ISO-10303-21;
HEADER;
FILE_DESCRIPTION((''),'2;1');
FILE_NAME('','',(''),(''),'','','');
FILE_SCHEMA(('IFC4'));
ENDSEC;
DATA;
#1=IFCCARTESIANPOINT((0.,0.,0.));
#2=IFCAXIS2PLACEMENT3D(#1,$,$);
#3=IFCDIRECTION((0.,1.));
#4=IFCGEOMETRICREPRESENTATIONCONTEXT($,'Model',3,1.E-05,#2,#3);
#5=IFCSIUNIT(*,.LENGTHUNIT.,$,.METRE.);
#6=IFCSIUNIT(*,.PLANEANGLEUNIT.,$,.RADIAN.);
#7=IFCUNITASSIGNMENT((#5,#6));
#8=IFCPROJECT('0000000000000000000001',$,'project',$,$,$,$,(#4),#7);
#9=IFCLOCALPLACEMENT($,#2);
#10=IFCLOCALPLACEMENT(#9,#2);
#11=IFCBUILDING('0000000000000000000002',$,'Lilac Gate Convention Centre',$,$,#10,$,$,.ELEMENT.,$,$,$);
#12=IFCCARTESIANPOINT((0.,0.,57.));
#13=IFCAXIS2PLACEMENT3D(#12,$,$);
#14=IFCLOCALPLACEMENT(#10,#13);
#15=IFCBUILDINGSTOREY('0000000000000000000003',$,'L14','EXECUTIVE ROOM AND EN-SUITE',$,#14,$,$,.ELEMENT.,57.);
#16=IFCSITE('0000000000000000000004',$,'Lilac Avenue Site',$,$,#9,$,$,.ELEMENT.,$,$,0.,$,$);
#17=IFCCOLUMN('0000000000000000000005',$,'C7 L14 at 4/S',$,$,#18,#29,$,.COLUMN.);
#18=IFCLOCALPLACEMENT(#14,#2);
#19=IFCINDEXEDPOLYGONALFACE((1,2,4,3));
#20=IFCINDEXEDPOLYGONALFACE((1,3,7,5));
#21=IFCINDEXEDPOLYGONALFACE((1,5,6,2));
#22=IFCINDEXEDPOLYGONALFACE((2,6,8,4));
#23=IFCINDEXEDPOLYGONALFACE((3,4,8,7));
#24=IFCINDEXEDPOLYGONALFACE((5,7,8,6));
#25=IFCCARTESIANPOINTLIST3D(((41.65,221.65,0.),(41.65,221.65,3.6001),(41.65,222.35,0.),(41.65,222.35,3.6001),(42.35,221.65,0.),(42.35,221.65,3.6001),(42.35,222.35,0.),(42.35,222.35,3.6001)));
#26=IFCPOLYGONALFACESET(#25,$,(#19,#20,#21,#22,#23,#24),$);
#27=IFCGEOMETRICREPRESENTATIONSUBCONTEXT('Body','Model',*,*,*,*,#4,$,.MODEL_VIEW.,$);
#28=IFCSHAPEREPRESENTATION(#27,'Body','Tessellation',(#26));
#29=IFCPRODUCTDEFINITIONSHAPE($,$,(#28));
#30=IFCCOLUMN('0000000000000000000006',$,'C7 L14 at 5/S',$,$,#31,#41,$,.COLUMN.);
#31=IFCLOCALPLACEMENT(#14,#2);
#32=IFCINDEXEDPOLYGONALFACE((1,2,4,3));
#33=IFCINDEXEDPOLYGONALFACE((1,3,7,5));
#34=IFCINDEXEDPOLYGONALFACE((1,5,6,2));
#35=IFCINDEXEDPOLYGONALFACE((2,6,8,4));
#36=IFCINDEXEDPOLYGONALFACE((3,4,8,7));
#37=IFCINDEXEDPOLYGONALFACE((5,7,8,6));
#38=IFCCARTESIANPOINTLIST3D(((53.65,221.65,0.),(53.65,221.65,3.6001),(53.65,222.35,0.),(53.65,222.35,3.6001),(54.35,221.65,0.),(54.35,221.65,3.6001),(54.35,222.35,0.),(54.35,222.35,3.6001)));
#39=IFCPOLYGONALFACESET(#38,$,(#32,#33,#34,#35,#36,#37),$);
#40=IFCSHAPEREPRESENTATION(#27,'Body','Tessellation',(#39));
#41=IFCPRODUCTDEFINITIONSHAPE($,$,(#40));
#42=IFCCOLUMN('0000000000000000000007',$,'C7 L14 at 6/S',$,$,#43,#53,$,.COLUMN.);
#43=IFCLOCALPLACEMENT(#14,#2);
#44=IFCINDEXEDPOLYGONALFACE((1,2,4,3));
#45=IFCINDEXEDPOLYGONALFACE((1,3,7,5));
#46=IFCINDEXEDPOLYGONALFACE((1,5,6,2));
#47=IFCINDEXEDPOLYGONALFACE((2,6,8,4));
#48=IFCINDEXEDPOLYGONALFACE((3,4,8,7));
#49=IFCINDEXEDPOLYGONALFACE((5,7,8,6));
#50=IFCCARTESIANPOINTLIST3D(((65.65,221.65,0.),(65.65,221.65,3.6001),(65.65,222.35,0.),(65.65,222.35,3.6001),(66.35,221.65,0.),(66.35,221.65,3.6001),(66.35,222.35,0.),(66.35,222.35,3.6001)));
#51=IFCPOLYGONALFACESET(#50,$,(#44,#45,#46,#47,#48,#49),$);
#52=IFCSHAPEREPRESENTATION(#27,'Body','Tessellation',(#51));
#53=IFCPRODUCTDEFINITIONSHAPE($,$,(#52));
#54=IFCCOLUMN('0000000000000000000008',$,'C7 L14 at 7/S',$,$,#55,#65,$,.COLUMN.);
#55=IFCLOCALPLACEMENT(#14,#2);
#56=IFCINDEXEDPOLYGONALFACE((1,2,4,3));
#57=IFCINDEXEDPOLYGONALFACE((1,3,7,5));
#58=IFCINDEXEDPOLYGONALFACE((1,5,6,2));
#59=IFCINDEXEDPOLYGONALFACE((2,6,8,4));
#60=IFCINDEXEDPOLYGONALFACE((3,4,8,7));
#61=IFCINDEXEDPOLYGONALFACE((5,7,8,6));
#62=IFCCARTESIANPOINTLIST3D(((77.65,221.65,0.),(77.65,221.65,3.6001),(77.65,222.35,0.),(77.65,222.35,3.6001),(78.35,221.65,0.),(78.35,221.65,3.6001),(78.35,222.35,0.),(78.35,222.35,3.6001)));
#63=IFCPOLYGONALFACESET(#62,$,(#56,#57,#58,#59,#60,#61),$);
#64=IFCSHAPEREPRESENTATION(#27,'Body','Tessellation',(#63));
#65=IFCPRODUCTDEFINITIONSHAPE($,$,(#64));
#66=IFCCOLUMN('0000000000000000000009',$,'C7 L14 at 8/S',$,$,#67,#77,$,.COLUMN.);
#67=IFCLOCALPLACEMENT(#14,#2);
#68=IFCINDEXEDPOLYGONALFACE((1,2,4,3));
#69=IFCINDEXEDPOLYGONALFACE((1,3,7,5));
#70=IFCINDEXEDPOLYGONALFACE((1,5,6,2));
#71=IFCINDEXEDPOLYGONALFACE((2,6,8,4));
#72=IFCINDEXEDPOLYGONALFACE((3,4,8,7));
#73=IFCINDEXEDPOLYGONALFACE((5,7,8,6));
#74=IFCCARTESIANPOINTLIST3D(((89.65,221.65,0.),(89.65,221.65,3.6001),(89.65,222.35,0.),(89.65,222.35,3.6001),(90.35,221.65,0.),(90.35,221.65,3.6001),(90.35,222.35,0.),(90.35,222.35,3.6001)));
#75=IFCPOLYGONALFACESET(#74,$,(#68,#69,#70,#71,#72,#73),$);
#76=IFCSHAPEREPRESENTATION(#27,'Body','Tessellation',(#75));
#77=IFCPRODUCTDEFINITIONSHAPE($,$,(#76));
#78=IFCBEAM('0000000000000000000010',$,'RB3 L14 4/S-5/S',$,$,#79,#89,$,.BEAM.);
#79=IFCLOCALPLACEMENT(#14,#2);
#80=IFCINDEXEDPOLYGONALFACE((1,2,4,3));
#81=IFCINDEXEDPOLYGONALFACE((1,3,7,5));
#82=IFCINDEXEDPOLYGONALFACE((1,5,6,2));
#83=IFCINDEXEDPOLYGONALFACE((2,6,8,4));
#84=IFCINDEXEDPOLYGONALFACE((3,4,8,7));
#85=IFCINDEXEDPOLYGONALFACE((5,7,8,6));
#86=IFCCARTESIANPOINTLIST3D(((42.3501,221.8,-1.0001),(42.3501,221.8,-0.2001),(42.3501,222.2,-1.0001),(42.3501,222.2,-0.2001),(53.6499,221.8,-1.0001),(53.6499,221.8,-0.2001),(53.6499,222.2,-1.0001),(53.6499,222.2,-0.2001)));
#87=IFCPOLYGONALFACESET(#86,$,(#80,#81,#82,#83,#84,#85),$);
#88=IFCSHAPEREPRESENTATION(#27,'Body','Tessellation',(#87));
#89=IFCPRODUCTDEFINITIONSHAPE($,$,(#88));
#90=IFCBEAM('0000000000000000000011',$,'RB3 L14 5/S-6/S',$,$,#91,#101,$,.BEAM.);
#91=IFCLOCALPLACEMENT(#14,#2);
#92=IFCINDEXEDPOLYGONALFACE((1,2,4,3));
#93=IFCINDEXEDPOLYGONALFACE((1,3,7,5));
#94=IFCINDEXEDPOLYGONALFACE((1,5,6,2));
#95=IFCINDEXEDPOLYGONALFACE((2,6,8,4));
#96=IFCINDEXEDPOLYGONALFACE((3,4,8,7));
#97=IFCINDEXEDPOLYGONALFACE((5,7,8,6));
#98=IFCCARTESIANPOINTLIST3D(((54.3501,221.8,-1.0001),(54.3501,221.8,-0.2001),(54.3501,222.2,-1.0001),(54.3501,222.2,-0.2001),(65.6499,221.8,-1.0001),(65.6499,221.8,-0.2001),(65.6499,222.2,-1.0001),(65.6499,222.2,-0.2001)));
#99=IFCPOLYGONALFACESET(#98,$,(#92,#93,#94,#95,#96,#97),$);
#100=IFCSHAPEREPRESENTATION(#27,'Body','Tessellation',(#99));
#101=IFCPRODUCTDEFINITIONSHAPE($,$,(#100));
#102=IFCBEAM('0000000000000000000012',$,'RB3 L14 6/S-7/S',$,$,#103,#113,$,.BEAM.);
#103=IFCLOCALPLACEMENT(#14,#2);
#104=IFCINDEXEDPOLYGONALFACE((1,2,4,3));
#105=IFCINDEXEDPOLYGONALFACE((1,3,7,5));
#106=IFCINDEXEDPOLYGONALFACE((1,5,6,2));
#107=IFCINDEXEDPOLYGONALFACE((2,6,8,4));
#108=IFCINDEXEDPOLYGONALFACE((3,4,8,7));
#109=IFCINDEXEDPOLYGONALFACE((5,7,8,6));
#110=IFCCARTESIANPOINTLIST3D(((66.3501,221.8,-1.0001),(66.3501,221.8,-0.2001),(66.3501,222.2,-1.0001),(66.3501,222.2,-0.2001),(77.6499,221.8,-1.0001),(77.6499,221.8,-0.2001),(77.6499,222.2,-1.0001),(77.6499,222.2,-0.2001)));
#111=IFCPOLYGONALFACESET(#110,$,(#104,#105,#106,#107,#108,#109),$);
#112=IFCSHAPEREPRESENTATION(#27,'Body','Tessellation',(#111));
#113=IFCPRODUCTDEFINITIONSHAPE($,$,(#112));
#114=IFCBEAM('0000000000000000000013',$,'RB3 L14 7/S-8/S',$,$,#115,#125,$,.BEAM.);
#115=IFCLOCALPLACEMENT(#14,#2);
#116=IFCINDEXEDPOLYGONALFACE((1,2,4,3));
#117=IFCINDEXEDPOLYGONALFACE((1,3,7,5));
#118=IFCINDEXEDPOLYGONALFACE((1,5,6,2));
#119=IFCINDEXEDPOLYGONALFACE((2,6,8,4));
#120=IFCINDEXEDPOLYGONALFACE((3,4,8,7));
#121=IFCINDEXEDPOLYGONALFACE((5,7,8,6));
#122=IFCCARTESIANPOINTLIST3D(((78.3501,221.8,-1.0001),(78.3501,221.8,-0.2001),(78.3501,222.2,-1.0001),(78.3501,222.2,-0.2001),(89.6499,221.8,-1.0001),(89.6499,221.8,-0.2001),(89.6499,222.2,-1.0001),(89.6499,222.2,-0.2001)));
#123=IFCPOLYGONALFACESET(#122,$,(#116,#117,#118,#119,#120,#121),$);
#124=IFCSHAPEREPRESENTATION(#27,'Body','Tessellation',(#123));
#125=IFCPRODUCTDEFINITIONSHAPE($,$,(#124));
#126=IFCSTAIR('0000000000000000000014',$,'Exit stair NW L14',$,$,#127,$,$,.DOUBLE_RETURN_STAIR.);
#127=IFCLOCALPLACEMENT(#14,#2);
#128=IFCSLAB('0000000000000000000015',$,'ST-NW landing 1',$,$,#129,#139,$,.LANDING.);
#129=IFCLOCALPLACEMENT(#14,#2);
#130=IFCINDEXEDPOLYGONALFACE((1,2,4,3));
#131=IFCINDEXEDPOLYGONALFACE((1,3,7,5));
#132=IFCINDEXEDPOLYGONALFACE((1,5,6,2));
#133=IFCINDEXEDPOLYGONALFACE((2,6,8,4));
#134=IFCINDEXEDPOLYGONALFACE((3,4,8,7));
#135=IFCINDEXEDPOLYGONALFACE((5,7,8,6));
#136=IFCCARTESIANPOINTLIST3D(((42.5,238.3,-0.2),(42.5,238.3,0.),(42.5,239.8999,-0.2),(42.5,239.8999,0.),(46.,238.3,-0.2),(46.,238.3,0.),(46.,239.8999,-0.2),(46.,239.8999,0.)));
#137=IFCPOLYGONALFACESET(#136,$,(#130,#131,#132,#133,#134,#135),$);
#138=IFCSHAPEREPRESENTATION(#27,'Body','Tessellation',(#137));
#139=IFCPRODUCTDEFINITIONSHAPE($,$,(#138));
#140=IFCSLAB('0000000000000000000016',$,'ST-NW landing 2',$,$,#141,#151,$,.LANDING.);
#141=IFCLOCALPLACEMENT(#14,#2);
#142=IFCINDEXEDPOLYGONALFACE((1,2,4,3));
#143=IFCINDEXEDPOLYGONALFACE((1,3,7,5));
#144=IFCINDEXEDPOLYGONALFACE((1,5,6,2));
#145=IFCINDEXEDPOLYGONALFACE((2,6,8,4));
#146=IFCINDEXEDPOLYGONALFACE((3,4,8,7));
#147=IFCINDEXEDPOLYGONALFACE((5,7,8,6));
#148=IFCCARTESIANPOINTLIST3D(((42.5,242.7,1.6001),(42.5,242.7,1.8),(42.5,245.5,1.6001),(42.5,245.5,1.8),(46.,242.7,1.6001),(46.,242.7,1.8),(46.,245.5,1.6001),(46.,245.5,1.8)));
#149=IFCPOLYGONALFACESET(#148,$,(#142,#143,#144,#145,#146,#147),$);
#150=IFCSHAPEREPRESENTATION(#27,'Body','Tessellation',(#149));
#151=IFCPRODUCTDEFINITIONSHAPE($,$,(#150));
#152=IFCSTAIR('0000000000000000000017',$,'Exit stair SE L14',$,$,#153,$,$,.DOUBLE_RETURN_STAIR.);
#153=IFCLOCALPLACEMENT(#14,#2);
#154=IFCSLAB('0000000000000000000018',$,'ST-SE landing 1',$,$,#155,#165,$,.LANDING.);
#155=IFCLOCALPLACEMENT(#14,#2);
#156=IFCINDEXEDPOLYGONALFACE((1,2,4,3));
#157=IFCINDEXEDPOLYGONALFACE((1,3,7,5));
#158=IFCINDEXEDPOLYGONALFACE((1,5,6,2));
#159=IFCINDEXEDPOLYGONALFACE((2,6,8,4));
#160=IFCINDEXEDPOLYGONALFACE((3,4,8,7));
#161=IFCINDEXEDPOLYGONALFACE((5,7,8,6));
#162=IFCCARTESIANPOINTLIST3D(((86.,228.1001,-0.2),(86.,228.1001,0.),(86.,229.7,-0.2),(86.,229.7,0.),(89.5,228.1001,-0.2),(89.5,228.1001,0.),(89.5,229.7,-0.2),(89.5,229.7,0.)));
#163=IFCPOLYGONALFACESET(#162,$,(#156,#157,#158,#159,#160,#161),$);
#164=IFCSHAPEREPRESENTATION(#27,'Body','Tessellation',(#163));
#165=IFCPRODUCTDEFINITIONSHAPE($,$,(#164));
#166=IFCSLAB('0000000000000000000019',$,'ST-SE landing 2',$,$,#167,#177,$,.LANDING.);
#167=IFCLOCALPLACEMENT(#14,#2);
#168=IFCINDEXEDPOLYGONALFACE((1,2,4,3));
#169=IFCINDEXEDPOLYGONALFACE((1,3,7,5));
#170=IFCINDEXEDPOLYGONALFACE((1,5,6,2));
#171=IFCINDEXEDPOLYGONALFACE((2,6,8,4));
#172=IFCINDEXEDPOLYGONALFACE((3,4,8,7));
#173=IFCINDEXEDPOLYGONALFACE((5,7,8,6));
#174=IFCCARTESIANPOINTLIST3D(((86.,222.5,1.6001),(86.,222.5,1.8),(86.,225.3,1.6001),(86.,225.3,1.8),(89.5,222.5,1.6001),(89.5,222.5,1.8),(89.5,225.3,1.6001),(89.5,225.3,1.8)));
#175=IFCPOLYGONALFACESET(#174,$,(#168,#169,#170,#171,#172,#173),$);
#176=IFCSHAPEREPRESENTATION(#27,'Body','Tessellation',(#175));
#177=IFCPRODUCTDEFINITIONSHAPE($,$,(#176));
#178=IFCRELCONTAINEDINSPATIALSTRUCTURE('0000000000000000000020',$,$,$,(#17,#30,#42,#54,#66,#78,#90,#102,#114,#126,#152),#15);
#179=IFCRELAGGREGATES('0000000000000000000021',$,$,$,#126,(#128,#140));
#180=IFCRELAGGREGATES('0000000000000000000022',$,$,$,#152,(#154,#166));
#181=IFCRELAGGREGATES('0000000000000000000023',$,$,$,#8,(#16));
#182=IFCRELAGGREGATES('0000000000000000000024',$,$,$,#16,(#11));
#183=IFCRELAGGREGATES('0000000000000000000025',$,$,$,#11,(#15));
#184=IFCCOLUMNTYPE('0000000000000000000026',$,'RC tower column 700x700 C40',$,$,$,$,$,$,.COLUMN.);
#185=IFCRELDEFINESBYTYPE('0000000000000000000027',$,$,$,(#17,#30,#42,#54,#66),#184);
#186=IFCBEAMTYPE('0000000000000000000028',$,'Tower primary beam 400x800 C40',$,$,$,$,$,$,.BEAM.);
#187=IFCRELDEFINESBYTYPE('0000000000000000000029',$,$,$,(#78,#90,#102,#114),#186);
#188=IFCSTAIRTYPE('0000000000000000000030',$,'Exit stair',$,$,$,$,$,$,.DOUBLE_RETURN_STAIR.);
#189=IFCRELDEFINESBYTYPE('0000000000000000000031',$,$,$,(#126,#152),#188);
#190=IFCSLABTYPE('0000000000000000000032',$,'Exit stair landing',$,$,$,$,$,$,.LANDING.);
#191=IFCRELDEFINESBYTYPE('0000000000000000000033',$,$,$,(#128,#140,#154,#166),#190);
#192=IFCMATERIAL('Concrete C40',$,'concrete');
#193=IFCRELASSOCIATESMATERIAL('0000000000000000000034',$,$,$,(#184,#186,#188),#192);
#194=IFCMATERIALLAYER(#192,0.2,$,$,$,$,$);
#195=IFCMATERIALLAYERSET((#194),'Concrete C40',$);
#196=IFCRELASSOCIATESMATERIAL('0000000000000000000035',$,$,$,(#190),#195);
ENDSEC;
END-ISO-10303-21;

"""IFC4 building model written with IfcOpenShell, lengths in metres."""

from ifc_helpers import new_model, si_unit, direction, frame, origin, origin_2d, place, context, subcontext, project, spatial, polyline, rectangle, outline, extrude, material, layer, layer_set, material_profile, profile_set, type_object, element, aggregate, save


model = new_model("IFC4")

# Units and contexts
model_context = context("Model", 3, precision=1e-05, world=origin(), true_north=direction((0.0, 1.0)))
body_context = subcontext(model_context, "Body", "Model", "MODEL_VIEW")
ifc_project = project(units=[si_unit("LENGTHUNIT", "METRE"), si_unit("PLANEANGLEUNIT", "RADIAN")], contexts=[model_context])

# Site, building, storey
site_placement = place(None, origin())
site = spatial("IfcSite", under=ifc_project, at=site_placement, Name="Lilac Avenue Site", CompositionType="ELEMENT", RefElevation=0.0)
building_placement = place(site_placement, origin())
building = spatial("IfcBuilding", under=site, at=building_placement, Name="Lilac Gate Convention Centre", CompositionType="ELEMENT")
storey_placement = place(building_placement, frame((0.0, 0.0, 57.0)))
storey = spatial("IfcBuildingStorey", under=building, at=storey_placement, Name="L14", Description="EXECUTIVE ROOM AND EN-SUITE", CompositionType="ELEMENT", Elevation=57.0)

# Columns
ifc_material_1 = material(Name="Concrete C40", Category="concrete")
ifc_material_profile_1 = material_profile(ifc_material_1, rectangle(XDim=0.7, YDim=0.7, at=origin_2d()), Name="RC 700x700")
ifc_profile_set_1 = profile_set([ifc_material_profile_1], Name="Concrete C40")
column_type = type_object("IfcColumnType", Name="RC tower column 700x700 C40", PredefinedType="COLUMN", material=ifc_profile_set_1)
for number, where, z_axis, x_axis, name in (
    (1, (42.0, 222.0, 0.0), (0.0, 0.0, 1.0), (1.0, 0.0, 0.0), "C7 L14 at 4/S"),
    (2, (54.0, 222.0, 0.0), (0.0, 0.0, 1.0), (1.0, 0.0, 0.0), "C7 L14 at 5/S"),
    (3, (66.0, 222.0, 0.0), (0.0, 0.0, 1.0), (1.0, 0.0, 0.0), "C7 L14 at 6/S"),
    (4, (78.0, 222.0, 0.0), (0.0, 0.0, 1.0), (1.0, 0.0, 0.0), "C7 L14 at 7/S"),
    (5, (90.0, 222.0, 0.0), (0.0, 0.0, 1.0), (1.0, 0.0, 0.0), "C7 L14 at 8/S"),
):
    element("IfcColumn", number, at=place(storey_placement, frame(where, z_axis=z_axis, x_axis=x_axis)), inside=storey, type_object=column_type, Name=name, PredefinedType="COLUMN", context=body_context, shape_type="SweptSolid", body=[
        extrude(rectangle(XDim=0.7, YDim=0.7, at=origin_2d()), origin(), (0.0, 0.0, 1.0), 3.6001),
    ])

# Beams
ifc_material_profile_2 = material_profile(ifc_material_1, rectangle(XDim=0.3999, YDim=0.8, at=origin_2d()), Name="RC 400x800")
ifc_profile_set_2 = profile_set([ifc_material_profile_2], Name="Concrete C40")
beam_type = type_object("IfcBeamType", Name="Tower primary beam 400x800 C40", PredefinedType="BEAM", material=ifc_profile_set_2)
for number, where, z_axis, x_axis, name in (
    (6, (42.3501, 222.0, -0.6001), (1.0, 0.0, 0.0), (0.0, 1.0, 0.0), "RB3 L14 4/S-5/S"),
    (7, (54.3501, 222.0, -0.6001), (1.0, 0.0, 0.0), (0.0, 1.0, 0.0), "RB3 L14 5/S-6/S"),
    (8, (66.3501, 222.0, -0.6001), (1.0, 0.0, 0.0), (0.0, 1.0, 0.0), "RB3 L14 6/S-7/S"),
    (9, (78.3501, 222.0, -0.6001), (1.0, 0.0, 0.0), (0.0, 1.0, 0.0), "RB3 L14 7/S-8/S"),
):
    element("IfcBeam", number, at=place(storey_placement, frame(where, z_axis=z_axis, x_axis=x_axis)), inside=storey, type_object=beam_type, Name=name, PredefinedType="BEAM", context=body_context, shape_type="SweptSolid", body=[
        extrude(rectangle(XDim=0.3999, YDim=0.8, at=origin_2d()), origin(), (0.0, 0.0, 1.0), 11.2998),
    ])

# Stairs, slabs
stair_type = type_object("IfcStairType", Name="Exit stair", PredefinedType="DOUBLE_RETURN_STAIR", material=ifc_material_1)
stair_1_placement = place(storey_placement, origin())
stair_1 = element("IfcStair", 10, at=stair_1_placement, inside=storey, type_object=stair_type, Name="Exit stair NW L14", PredefinedType="DOUBLE_RETURN_STAIR")
ifc_layer_1 = layer(ifc_material_1, 0.2)
ifc_layer_set_1 = layer_set([ifc_layer_1], Name="Concrete C40")
slab_type_1 = type_object("IfcSlabType", Name="Exit stair landing", PredefinedType="LANDING", material=ifc_layer_set_1)
slab_1_placement = place(storey_placement, frame((0.0, 0.0, -0.2)))
slab_1 = element("IfcSlab", 11, at=slab_1_placement, type_object=slab_type_1, Name="ST-NW landing 1", PredefinedType="LANDING", context=body_context, shape_type="SweptSolid", body=[
    extrude(outline(polyline([(42.5, 238.3), (46.0, 238.3), (46.0, 239.8999), (42.5, 239.8999), (42.5, 238.3)])), origin(), (0.0, 0.0, 1.0), 0.2),
])
slab_2_placement = place(storey_placement, frame((0.0, 0.0, 1.6001)))
slab_2 = element("IfcSlab", 12, at=slab_2_placement, type_object=slab_type_1, Name="ST-NW landing 2", PredefinedType="LANDING", context=body_context, shape_type="SweptSolid", body=[
    extrude(outline(polyline([(42.5, 242.7), (46.0, 242.7), (46.0, 245.5), (42.5, 245.5), (42.5, 242.7)])), origin(), (0.0, 0.0, 1.0), 0.2),
])
aggregate(stair_1, [slab_1, slab_2])
stair_2_placement = place(storey_placement, origin())
stair_2 = element("IfcStair", 13, at=stair_2_placement, inside=storey, type_object=stair_type, Name="Exit stair SE L14", PredefinedType="DOUBLE_RETURN_STAIR")
slab_3_placement = place(storey_placement, frame((0.0, 0.0, -0.2)))
slab_3 = element("IfcSlab", 14, at=slab_3_placement, type_object=slab_type_1, Name="ST-SE landing 1", PredefinedType="LANDING", context=body_context, shape_type="SweptSolid", body=[
    extrude(outline(polyline([(86.0, 228.1001), (89.5, 228.1001), (89.5, 229.7), (86.0, 229.7), (86.0, 228.1001)])), origin(), (0.0, 0.0, 1.0), 0.2),
])
slab_4_placement = place(storey_placement, frame((0.0, 0.0, 1.6001)))
slab_4 = element("IfcSlab", 15, at=slab_4_placement, type_object=slab_type_1, Name="ST-SE landing 2", PredefinedType="LANDING", context=body_context, shape_type="SweptSolid", body=[
    extrude(outline(polyline([(86.0, 222.5), (89.5, 222.5), (89.5, 225.3), (86.0, 225.3), (86.0, 222.5)])), origin(), (0.0, 0.0, 1.0), 0.2),
])
aggregate(stair_2, [slab_3, slab_4])

save(model, "model.ifc")
